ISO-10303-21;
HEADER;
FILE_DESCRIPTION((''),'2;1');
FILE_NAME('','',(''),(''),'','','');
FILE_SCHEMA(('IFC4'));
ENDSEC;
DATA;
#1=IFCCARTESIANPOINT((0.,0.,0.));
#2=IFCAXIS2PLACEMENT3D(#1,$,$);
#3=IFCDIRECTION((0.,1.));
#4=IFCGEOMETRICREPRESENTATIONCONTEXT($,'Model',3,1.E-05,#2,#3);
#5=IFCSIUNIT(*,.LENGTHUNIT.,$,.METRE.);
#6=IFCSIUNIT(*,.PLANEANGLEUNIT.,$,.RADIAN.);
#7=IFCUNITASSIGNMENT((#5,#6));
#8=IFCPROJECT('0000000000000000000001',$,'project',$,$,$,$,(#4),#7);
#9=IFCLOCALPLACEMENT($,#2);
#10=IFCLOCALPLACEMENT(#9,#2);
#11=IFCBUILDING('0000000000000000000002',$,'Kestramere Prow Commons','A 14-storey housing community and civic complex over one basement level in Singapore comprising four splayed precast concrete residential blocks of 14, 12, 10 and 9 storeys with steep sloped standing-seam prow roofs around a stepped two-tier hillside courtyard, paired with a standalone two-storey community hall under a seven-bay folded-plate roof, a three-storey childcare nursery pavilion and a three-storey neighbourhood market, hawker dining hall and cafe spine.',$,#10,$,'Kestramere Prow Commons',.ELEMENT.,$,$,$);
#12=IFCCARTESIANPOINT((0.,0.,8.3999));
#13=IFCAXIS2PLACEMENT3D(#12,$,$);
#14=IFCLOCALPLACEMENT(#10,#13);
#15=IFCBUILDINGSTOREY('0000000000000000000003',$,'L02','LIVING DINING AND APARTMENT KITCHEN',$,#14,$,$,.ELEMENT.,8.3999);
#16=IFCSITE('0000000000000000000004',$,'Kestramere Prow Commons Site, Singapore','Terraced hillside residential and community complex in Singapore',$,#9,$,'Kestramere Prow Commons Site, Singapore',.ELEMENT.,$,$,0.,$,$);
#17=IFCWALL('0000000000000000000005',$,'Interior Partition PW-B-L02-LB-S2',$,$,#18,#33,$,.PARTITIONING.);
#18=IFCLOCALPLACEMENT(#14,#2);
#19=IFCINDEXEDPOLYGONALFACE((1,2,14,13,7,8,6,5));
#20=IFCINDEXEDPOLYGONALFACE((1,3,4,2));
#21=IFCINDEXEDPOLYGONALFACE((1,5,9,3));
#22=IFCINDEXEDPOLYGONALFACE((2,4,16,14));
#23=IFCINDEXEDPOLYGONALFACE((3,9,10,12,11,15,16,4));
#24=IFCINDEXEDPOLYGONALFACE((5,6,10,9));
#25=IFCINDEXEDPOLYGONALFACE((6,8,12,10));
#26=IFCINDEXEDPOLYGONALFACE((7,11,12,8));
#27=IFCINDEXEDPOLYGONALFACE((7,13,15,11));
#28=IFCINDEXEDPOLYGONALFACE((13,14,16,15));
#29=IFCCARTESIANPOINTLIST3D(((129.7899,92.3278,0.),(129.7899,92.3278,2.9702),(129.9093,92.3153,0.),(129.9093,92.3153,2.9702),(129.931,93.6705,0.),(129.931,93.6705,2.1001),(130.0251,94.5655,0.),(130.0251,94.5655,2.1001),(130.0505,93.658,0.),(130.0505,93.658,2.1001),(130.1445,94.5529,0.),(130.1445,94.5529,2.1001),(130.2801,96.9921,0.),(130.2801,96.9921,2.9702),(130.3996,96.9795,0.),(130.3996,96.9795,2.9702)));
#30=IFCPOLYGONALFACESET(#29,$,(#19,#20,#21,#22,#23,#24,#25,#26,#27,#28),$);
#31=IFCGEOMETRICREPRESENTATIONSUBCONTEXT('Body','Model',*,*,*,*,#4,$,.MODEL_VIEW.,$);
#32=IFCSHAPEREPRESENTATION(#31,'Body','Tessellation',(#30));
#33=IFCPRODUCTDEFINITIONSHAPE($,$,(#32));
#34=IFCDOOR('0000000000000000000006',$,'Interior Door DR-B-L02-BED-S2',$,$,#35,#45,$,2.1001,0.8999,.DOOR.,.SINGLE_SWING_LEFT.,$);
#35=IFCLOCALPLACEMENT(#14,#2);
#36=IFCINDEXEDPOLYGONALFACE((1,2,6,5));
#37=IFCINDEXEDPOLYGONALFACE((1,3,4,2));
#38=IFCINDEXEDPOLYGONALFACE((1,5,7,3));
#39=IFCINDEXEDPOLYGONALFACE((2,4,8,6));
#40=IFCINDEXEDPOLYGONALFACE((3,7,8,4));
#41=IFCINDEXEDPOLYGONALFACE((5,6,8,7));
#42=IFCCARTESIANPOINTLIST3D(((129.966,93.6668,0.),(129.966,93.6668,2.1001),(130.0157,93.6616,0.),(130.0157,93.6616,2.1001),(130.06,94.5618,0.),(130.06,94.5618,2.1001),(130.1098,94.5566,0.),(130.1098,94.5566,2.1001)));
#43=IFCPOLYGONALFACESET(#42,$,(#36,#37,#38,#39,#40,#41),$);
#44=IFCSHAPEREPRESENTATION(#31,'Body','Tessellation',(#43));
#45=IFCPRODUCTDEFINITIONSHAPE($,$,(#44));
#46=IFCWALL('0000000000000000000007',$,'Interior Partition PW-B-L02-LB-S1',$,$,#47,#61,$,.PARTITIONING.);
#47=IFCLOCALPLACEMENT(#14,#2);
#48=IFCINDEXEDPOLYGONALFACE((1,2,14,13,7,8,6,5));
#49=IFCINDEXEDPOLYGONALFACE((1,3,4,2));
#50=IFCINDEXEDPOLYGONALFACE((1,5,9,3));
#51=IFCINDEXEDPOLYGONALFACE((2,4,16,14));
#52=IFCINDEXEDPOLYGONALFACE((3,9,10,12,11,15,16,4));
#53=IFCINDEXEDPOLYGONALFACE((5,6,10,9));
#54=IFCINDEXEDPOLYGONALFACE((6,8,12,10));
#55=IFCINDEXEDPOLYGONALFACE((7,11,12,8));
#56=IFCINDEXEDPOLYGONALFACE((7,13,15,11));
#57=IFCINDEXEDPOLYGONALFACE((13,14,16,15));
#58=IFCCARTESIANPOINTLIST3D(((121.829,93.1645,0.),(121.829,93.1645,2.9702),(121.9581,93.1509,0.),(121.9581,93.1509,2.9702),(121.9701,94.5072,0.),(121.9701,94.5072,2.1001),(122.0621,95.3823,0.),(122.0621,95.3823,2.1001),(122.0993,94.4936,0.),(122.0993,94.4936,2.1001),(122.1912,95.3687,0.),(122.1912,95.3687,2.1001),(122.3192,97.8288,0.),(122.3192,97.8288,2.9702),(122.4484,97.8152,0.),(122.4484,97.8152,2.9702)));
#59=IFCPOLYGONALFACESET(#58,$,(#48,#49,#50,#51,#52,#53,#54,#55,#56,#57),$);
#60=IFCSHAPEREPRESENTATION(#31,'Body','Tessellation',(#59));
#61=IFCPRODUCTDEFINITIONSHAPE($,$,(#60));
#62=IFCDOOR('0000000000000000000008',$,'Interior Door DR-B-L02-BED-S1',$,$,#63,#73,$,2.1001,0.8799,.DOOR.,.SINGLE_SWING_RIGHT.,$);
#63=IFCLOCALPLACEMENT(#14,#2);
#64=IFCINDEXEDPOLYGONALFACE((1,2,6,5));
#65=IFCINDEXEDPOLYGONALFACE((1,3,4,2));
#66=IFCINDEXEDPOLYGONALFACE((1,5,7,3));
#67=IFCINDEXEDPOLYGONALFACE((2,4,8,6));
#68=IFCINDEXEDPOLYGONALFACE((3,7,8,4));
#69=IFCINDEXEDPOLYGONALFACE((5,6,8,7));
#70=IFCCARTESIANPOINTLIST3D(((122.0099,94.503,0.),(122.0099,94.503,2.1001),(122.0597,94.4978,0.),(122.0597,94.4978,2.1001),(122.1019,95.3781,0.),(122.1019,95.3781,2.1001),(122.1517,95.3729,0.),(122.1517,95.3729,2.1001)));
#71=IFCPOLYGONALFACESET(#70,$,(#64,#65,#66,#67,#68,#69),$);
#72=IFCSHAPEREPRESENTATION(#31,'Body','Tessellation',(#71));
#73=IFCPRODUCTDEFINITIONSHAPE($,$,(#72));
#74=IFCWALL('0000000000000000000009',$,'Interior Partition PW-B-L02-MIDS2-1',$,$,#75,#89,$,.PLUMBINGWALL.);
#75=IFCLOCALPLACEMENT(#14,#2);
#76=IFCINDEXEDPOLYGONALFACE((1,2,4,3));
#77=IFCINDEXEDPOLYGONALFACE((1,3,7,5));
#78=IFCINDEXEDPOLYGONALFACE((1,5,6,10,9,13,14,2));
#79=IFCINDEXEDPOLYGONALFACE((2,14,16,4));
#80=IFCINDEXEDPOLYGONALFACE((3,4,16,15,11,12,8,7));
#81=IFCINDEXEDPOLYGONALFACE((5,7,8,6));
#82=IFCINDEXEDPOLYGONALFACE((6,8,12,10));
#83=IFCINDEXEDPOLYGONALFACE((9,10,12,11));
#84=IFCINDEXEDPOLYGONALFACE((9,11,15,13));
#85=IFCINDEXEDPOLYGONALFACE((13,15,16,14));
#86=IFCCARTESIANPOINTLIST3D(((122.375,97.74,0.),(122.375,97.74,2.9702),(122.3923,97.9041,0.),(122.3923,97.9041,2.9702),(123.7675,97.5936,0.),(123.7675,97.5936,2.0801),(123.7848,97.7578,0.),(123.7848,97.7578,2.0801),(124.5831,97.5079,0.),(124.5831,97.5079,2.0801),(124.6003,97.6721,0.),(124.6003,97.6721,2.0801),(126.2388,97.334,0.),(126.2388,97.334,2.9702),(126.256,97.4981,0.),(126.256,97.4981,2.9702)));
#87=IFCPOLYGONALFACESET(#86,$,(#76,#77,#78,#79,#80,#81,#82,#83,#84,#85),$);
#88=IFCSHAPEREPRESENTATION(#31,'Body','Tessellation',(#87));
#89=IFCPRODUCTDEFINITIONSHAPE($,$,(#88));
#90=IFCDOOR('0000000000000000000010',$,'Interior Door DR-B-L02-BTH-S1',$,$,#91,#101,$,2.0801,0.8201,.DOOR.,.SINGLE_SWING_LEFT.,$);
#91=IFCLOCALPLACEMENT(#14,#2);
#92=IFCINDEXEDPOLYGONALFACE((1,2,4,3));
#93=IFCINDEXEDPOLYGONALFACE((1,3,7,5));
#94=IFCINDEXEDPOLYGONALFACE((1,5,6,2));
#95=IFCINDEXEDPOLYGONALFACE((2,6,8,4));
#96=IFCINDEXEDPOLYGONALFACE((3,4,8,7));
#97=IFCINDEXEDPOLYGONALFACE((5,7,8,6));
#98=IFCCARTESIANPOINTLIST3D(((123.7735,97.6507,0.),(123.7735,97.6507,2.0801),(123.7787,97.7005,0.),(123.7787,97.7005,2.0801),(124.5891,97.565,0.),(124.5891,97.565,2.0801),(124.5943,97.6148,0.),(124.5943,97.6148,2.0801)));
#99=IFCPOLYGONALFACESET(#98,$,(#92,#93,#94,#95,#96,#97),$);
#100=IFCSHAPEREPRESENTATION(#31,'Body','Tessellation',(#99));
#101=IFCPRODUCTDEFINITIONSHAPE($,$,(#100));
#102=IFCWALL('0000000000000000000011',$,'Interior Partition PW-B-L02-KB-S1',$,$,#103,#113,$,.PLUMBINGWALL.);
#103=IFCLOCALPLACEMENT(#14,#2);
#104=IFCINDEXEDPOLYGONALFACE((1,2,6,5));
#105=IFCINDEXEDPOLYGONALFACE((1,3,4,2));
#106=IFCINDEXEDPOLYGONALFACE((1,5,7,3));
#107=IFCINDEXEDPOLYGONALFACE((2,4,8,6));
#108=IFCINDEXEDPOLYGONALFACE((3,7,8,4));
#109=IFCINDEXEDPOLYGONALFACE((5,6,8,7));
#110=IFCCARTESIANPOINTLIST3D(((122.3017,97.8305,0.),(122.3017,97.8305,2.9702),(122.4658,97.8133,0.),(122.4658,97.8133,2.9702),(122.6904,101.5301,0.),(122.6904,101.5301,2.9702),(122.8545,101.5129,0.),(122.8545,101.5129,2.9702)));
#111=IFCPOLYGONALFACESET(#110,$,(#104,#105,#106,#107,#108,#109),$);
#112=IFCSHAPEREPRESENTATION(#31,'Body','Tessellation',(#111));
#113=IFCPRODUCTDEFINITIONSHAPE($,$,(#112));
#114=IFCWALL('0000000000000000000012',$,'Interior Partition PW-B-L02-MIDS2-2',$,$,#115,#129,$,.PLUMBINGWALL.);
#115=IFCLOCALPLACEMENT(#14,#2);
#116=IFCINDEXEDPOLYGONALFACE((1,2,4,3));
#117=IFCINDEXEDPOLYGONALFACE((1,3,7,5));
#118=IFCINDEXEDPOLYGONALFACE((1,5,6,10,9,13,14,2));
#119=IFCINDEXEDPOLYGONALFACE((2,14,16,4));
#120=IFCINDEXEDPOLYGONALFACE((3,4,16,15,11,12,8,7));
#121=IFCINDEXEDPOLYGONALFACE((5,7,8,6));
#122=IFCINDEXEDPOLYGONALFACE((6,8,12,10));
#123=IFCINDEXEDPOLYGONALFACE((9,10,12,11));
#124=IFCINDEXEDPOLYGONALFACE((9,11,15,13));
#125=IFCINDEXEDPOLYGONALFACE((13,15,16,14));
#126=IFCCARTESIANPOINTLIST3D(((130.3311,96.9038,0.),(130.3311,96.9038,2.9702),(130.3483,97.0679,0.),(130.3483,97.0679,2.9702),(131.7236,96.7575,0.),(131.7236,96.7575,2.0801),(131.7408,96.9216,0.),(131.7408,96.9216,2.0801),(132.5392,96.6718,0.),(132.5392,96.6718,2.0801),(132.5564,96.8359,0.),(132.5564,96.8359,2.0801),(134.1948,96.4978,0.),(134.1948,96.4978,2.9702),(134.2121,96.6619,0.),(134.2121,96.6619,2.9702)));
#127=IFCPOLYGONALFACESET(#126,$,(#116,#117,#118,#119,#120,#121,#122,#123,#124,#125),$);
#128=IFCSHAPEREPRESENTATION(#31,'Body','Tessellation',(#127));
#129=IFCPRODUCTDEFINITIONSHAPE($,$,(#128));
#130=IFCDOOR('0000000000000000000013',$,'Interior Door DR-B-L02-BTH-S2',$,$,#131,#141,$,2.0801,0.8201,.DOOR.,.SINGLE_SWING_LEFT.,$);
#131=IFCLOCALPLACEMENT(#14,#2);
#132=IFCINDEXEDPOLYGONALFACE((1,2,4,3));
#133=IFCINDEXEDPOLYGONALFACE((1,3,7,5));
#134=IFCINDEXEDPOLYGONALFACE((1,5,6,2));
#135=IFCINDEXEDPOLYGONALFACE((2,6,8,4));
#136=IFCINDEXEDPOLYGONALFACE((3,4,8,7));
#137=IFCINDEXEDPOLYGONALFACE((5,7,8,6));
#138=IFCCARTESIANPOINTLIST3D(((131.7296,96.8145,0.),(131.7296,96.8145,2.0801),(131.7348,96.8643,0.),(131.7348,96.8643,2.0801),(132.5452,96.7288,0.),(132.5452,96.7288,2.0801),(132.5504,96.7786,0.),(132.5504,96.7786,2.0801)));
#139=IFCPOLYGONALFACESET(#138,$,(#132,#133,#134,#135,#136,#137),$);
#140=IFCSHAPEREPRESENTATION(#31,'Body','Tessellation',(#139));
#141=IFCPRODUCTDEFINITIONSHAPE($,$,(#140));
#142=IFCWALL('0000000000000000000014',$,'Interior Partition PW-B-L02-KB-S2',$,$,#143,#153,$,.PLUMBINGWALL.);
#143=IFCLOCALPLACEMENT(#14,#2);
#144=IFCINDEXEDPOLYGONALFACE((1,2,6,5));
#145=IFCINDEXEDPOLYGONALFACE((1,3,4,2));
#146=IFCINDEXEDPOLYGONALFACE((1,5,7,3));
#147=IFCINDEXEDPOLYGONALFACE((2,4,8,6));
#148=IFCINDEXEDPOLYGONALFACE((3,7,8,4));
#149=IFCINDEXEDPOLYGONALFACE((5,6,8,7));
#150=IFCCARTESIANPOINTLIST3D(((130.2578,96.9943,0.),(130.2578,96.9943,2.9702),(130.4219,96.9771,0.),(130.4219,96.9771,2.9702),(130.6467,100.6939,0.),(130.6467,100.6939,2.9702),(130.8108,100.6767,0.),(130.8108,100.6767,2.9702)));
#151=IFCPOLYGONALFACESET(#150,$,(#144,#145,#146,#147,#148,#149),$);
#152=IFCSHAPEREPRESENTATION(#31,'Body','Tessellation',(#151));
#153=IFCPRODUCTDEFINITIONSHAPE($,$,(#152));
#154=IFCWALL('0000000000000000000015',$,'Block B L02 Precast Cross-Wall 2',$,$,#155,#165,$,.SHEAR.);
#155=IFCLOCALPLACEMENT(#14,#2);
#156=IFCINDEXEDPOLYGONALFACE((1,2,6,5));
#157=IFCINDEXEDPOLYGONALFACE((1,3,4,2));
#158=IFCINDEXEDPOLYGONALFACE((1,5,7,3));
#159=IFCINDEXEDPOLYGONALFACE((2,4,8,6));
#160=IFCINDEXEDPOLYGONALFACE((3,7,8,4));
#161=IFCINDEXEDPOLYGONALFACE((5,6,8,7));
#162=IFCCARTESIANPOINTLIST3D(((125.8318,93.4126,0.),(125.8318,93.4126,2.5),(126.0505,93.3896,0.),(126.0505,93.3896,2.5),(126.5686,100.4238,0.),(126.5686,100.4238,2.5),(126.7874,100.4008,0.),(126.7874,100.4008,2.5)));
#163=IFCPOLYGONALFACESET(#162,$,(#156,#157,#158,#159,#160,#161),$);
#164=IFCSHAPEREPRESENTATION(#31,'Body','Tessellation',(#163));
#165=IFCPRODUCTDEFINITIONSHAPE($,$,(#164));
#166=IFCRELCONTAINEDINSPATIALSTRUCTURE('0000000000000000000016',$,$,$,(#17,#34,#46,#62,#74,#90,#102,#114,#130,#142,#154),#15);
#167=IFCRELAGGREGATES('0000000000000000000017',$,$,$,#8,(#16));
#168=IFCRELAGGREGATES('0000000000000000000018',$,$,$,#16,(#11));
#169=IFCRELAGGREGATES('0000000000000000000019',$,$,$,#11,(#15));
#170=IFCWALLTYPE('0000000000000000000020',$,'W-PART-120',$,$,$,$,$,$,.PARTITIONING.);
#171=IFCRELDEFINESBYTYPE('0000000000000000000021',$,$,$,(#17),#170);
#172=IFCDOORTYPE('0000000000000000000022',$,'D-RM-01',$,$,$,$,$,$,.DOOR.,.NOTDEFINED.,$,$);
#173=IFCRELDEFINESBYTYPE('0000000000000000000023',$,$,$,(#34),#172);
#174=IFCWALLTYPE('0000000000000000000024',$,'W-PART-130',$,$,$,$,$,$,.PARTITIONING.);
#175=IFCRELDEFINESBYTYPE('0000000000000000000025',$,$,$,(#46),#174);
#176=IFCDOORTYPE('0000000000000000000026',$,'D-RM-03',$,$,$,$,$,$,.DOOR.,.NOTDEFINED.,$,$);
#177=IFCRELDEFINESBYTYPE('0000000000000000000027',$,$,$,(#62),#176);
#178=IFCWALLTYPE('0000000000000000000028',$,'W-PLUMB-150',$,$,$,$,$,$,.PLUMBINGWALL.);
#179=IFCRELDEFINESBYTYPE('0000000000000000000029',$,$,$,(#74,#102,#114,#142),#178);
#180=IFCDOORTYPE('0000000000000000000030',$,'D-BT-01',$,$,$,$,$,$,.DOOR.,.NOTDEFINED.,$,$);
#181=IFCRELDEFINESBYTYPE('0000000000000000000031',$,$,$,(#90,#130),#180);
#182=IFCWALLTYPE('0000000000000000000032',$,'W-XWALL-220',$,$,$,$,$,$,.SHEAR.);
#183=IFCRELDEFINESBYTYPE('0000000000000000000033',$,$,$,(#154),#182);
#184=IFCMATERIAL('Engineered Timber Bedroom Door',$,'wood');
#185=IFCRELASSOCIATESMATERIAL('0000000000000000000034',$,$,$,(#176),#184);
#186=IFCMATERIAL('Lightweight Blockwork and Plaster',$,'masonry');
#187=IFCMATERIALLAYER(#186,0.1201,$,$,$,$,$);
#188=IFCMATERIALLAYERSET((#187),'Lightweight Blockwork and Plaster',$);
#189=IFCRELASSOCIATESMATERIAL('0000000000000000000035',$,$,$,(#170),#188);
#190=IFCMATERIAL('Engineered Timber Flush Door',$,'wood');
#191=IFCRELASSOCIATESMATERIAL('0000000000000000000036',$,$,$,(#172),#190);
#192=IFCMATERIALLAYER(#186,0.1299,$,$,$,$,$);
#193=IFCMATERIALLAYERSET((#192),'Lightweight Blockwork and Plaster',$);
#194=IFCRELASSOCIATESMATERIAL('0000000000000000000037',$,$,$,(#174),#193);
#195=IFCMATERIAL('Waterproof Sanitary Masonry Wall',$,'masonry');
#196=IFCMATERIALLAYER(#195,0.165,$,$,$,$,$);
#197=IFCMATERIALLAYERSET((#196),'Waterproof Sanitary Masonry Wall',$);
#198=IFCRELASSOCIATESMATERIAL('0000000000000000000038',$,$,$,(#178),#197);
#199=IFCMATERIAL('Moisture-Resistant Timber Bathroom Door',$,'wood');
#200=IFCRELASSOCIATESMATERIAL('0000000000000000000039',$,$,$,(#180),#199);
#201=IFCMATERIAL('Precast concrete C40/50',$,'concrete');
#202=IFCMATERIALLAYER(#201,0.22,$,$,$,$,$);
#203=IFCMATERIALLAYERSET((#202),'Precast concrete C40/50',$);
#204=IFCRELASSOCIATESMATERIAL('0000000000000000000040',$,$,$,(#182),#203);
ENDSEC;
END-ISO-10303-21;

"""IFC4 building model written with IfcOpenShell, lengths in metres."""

from ifc_helpers import new_model, si_unit, direction, frame, frame_2d, origin, place, context, subcontext, project, spatial, rectangle, extrude, material, layer, layer_set, type_object, element, fill, save


model = new_model("IFC4")

# Units and contexts
model_context = context("Model", 3, precision=1e-05, world=origin(), true_north=direction((0.0, 1.0)))
body_context = subcontext(model_context, "Body", "Model", "MODEL_VIEW")
ifc_project = project(units=[si_unit("LENGTHUNIT", "METRE"), si_unit("PLANEANGLEUNIT", "RADIAN")], contexts=[model_context])

# Site, building, storey
site_placement = place(None, origin())
site = spatial("IfcSite", under=ifc_project, at=site_placement, Name="Kestramere Prow Commons Site, Singapore", Description="Terraced hillside residential and community complex in Singapore", LongName="Kestramere Prow Commons Site, Singapore", CompositionType="ELEMENT", RefElevation=0.0)
building_placement = place(site_placement, origin())
building = spatial("IfcBuilding", under=site, at=building_placement, Name="Kestramere Prow Commons", Description="A 14-storey housing community and civic complex over one basement level in Singapore comprising four splayed precast concrete residential blocks of 14, 12, 10 and 9 storeys with steep sloped standing-seam prow roofs around a stepped two-tier hillside courtyard, paired with a standalone two-storey community hall under a seven-bay folded-plate roof, a three-storey childcare nursery pavilion and a three-storey neighbourhood market, hawker dining hall and cafe spine.", LongName="Kestramere Prow Commons", CompositionType="ELEMENT")
storey_placement = place(building_placement, frame((0.0, 0.0, 8.3999)))
storey = spatial("IfcBuildingStorey", under=building, at=storey_placement, Name="L02", Description="LIVING DINING AND APARTMENT KITCHEN", CompositionType="ELEMENT", Elevation=8.3999)

# Shared definitions
ifc_material_1 = material(Name="Precast concrete C40/50", Category="concrete")

# Walls, openings, doors
ifc_material_2 = material(Name="Engineered Timber Bedroom Door", Category="wood")
door_type_1 = type_object("IfcDoorType", Name="D-RM-03", OperationType="NOTDEFINED", PredefinedType="DOOR", material=ifc_material_2)
ifc_material_3 = material(Name="Lightweight Blockwork and Plaster", Category="masonry")
ifc_layer_1 = layer(ifc_material_3, 0.1201)
ifc_layer_set_1 = layer_set([ifc_layer_1], Name="Lightweight Blockwork and Plaster")
wall_type_1 = type_object("IfcWallType", Name="W-PART-120", PredefinedType="PARTITIONING", material=ifc_layer_set_1)
wall_1_placement = place(storey_placement, frame((129.8496, 92.3215, 0.0), z_axis=(0.0, 0.0, 1.0), x_axis=(0.104528, 0.994522, 0.0)))
wall_1 = element("IfcWall", 1, at=wall_1_placement, inside=storey, type_object=wall_type_1, Name="Interior Partition PW-B-L02-LB-S2", PredefinedType="PARTITIONING", context=body_context, shape_type="SweptSolid", body=[
    extrude(rectangle(XDim=4.6899, YDim=0.1201, at=frame_2d((2.345, 0.0))), origin(), (0.0, 0.0, 1.0), 2.9702),
])
opening_1_placement = place(wall_1_placement, frame((1.3501, 0.0, 0.0)))
opening_1 = element("IfcOpeningElement", 2, at=opening_1_placement, cuts=wall_1, PredefinedType="OPENING", context=body_context, shape_type="SweptSolid", body=[
    extrude(rectangle(XDim=0.8999, YDim=2.1001, at=frame_2d((0.45, 1.05))), frame((0.0, 0.075, 0.0), z_axis=(0.0, -1.0, 0.0), x_axis=(1.0, 0.0, 0.0)), (0.0, 0.0, 1.0), 0.1501),
])
ifc_material_4 = material(Name="Engineered Timber Flush Door", Category="wood")
door_type_2 = type_object("IfcDoorType", Name="D-RM-01", OperationType="NOTDEFINED", PredefinedType="DOOR", material=ifc_material_4)
door_1_placement = place(opening_1_placement, origin())
door_1 = element("IfcDoor", 3, at=door_1_placement, inside=storey, type_object=door_type_2, Name="Interior Door DR-B-L02-BED-S2", OperationType="SINGLE_SWING_LEFT", OverallHeight=2.1001, OverallWidth=0.8999, PredefinedType="DOOR", context=body_context, shape_type="SweptSolid", body=[
    extrude(rectangle(XDim=0.8999, YDim=2.1001, at=frame_2d((0.45, 1.05))), frame((0.0, 0.0249, 0.0), z_axis=(0.0, -1.0, 0.0), x_axis=(1.0, 0.0, 0.0)), (0.0, 0.0, 1.0), 0.05),
])
fill(opening_1, door_1)
ifc_layer_2 = layer(ifc_material_3, 0.1299)
ifc_layer_set_2 = layer_set([ifc_layer_2], Name="Lightweight Blockwork and Plaster")
wall_type_2 = type_object("IfcWallType", Name="W-PART-130", PredefinedType="PARTITIONING", material=ifc_layer_set_2)
wall_2_placement = place(storey_placement, frame((121.8936, 93.1577, 0.0), z_axis=(0.0, 0.0, 1.0), x_axis=(0.104528, 0.994522, 0.0)))
wall_2 = element("IfcWall", 4, at=wall_2_placement, inside=storey, type_object=wall_type_2, Name="Interior Partition PW-B-L02-LB-S1", PredefinedType="PARTITIONING", context=body_context, shape_type="SweptSolid", body=[
    extrude(rectangle(XDim=4.6899, YDim=0.1299, at=frame_2d((2.345, 0.0))), origin(), (0.0, 0.0, 1.0), 2.9702),
])
opening_2_placement = place(wall_2_placement, frame((1.3501, 0.0, 0.0)))
opening_2 = element("IfcOpeningElement", 5, at=opening_2_placement, cuts=wall_2, PredefinedType="OPENING", context=body_context, shape_type="SweptSolid", body=[
    extrude(rectangle(XDim=0.8799, YDim=2.1001, at=frame_2d((0.4399, 1.05))), frame((0.0, 0.0798, 0.0), z_axis=(0.0, -1.0, 0.0), x_axis=(1.0, 0.0, 0.0)), (0.0, 0.0, 1.0), 0.1599),
])
door_2_placement = place(opening_2_placement, origin())
door_2 = element("IfcDoor", 6, at=door_2_placement, inside=storey, type_object=door_type_1, Name="Interior Door DR-B-L02-BED-S1", OperationType="SINGLE_SWING_RIGHT", OverallHeight=2.1001, OverallWidth=0.8799, PredefinedType="DOOR", context=body_context, shape_type="SweptSolid", body=[
    extrude(rectangle(XDim=0.8799, YDim=2.1001, at=frame_2d((0.4399, 1.05))), frame((0.0, 0.0249, 0.0), z_axis=(0.0, -1.0, 0.0), x_axis=(1.0, 0.0, 0.0)), (0.0, 0.0, 1.0), 0.05),
])
fill(opening_2, door_2)
ifc_material_5 = material(Name="Waterproof Sanitary Masonry Wall", Category="masonry")
ifc_layer_3 = layer(ifc_material_5, 0.165)
ifc_layer_set_3 = layer_set([ifc_layer_3], Name="Waterproof Sanitary Masonry Wall")
wall_type_3 = type_object("IfcWallType", Name="W-PLUMB-150", PredefinedType="PLUMBINGWALL", material=ifc_layer_set_3)
wall_3_placement = place(storey_placement, frame((122.3838, 97.822, 0.0), z_axis=(0.0, 0.0, 1.0), x_axis=(0.994524, -0.104505, 0.0)))
wall_3 = element("IfcWall", 7, at=wall_3_placement, inside=storey, type_object=wall_type_3, Name="Interior Partition PW-B-L02-MIDS2-1", PredefinedType="PLUMBINGWALL", context=body_context, shape_type="SweptSolid", body=[
    extrude(rectangle(XDim=3.885, YDim=0.165, at=frame_2d((1.9424, 0.0))), origin(), (0.0, 0.0, 1.0), 2.9702),
])
opening_3_placement = place(wall_3_placement, frame((1.3999, 0.0, 0.0)))
opening_3 = element("IfcOpeningElement", 8, at=opening_3_placement, cuts=wall_3, PredefinedType="OPENING", context=body_context, shape_type="SweptSolid", body=[
    extrude(rectangle(XDim=0.8201, YDim=2.0801, at=frame_2d((0.4102, 1.04))), frame((0.0, 0.0974, 0.0), z_axis=(0.0, -1.0, 0.0), x_axis=(1.0, 0.0, 0.0)), (0.0, 0.0, 1.0), 0.1951),
])
ifc_material_6 = material(Name="Moisture-Resistant Timber Bathroom Door", Category="wood")
door_type_3 = type_object("IfcDoorType", Name="D-BT-01", OperationType="NOTDEFINED", PredefinedType="DOOR", material=ifc_material_6)
door_3_placement = place(opening_3_placement, origin())
door_3 = element("IfcDoor", 9, at=door_3_placement, inside=storey, type_object=door_type_3, Name="Interior Door DR-B-L02-BTH-S1", OperationType="SINGLE_SWING_LEFT", OverallHeight=2.0801, OverallWidth=0.8201, PredefinedType="DOOR", context=body_context, shape_type="SweptSolid", body=[
    extrude(rectangle(XDim=0.8201, YDim=2.0801, at=frame_2d((0.4102, 1.04))), frame((0.0, 0.0249, 0.0), z_axis=(0.0, -1.0, 0.0), x_axis=(1.0, 0.0, 0.0)), (0.0, 0.0, 1.0), 0.05),
])
fill(opening_3, door_3)

# Wall
wall_4_placement = place(storey_placement, frame((122.3838, 97.822, 0.0), z_axis=(0.0, 0.0, 1.0), x_axis=(0.10448, 0.994527, 0.0)))
element("IfcWall", 10, at=wall_4_placement, inside=storey, type_object=wall_type_3, Name="Interior Partition PW-B-L02-KB-S1", PredefinedType="PLUMBINGWALL", context=body_context, shape_type="SweptSolid", body=[
    extrude(rectangle(XDim=3.72, YDim=0.165, at=frame_2d((1.8599, 0.0))), origin(), (0.0, 0.0, 1.0), 2.9702),
])

# Wall, opening, door
wall_5_placement = place(storey_placement, frame((130.3398, 96.9858, 0.0), z_axis=(0.0, 0.0, 1.0), x_axis=(0.994524, -0.104505, 0.0)))
wall_5 = element("IfcWall", 11, at=wall_5_placement, inside=storey, type_object=wall_type_3, Name="Interior Partition PW-B-L02-MIDS2-2", PredefinedType="PLUMBINGWALL", context=body_context, shape_type="SweptSolid", body=[
    extrude(rectangle(XDim=3.885, YDim=0.165, at=frame_2d((1.9424, 0.0))), origin(), (0.0, 0.0, 1.0), 2.9702),
])
opening_4_placement = place(wall_5_placement, frame((1.3999, 0.0, 0.0)))
opening_4 = element("IfcOpeningElement", 12, at=opening_4_placement, cuts=wall_5, PredefinedType="OPENING", context=body_context, shape_type="SweptSolid", body=[
    extrude(rectangle(XDim=0.8201, YDim=2.0801, at=frame_2d((0.4102, 1.04))), frame((0.0, 0.0974, 0.0), z_axis=(0.0, -1.0, 0.0), x_axis=(1.0, 0.0, 0.0)), (0.0, 0.0, 1.0), 0.1951),
])
door_4_placement = place(opening_4_placement, origin())
door_4 = element("IfcDoor", 13, at=door_4_placement, inside=storey, type_object=door_type_3, Name="Interior Door DR-B-L02-BTH-S2", OperationType="SINGLE_SWING_LEFT", OverallHeight=2.0801, OverallWidth=0.8201, PredefinedType="DOOR", context=body_context, shape_type="SweptSolid", body=[
    extrude(rectangle(XDim=0.8201, YDim=2.0801, at=frame_2d((0.4102, 1.04))), frame((0.0, 0.0249, 0.0), z_axis=(0.0, -1.0, 0.0), x_axis=(1.0, 0.0, 0.0)), (0.0, 0.0, 1.0), 0.05),
])
fill(opening_4, door_4)

# Walls
wall_6_placement = place(storey_placement, frame((130.3398, 96.9858, 0.0), z_axis=(0.0, 0.0, 1.0), x_axis=(0.104545, 0.99452, 0.0)))
element("IfcWall", 14, at=wall_6_placement, inside=storey, type_object=wall_type_3, Name="Interior Partition PW-B-L02-KB-S2", PredefinedType="PLUMBINGWALL", context=body_context, shape_type="SweptSolid", body=[
    extrude(rectangle(XDim=3.72, YDim=0.165, at=frame_2d((1.8599, 0.0))), origin(), (0.0, 0.0, 1.0), 2.9702),
])
ifc_layer_4 = layer(ifc_material_1, 0.22)
ifc_layer_set_4 = layer_set([ifc_layer_4], Name="Precast concrete C40/50")
wall_type_4 = type_object("IfcWallType", Name="W-XWALL-220", PredefinedType="SHEAR", material=ifc_layer_set_4)
wall_7_placement = place(storey_placement, frame((125.9412, 93.4011, 0.0), z_axis=(0.0, 0.0, 1.0), x_axis=(0.104515, 0.994523, 0.0)))
element("IfcWall", 15, at=wall_7_placement, inside=storey, type_object=wall_type_4, Name="Block B L02 Precast Cross-Wall 2", PredefinedType="SHEAR", context=body_context, shape_type="SweptSolid", body=[
    extrude(rectangle(XDim=7.0498, YDim=0.22, at=frame_2d((3.5249, 0.0))), origin(), (0.0, 0.0, 1.0), 2.5),
])

save(model, "model.ifc")
